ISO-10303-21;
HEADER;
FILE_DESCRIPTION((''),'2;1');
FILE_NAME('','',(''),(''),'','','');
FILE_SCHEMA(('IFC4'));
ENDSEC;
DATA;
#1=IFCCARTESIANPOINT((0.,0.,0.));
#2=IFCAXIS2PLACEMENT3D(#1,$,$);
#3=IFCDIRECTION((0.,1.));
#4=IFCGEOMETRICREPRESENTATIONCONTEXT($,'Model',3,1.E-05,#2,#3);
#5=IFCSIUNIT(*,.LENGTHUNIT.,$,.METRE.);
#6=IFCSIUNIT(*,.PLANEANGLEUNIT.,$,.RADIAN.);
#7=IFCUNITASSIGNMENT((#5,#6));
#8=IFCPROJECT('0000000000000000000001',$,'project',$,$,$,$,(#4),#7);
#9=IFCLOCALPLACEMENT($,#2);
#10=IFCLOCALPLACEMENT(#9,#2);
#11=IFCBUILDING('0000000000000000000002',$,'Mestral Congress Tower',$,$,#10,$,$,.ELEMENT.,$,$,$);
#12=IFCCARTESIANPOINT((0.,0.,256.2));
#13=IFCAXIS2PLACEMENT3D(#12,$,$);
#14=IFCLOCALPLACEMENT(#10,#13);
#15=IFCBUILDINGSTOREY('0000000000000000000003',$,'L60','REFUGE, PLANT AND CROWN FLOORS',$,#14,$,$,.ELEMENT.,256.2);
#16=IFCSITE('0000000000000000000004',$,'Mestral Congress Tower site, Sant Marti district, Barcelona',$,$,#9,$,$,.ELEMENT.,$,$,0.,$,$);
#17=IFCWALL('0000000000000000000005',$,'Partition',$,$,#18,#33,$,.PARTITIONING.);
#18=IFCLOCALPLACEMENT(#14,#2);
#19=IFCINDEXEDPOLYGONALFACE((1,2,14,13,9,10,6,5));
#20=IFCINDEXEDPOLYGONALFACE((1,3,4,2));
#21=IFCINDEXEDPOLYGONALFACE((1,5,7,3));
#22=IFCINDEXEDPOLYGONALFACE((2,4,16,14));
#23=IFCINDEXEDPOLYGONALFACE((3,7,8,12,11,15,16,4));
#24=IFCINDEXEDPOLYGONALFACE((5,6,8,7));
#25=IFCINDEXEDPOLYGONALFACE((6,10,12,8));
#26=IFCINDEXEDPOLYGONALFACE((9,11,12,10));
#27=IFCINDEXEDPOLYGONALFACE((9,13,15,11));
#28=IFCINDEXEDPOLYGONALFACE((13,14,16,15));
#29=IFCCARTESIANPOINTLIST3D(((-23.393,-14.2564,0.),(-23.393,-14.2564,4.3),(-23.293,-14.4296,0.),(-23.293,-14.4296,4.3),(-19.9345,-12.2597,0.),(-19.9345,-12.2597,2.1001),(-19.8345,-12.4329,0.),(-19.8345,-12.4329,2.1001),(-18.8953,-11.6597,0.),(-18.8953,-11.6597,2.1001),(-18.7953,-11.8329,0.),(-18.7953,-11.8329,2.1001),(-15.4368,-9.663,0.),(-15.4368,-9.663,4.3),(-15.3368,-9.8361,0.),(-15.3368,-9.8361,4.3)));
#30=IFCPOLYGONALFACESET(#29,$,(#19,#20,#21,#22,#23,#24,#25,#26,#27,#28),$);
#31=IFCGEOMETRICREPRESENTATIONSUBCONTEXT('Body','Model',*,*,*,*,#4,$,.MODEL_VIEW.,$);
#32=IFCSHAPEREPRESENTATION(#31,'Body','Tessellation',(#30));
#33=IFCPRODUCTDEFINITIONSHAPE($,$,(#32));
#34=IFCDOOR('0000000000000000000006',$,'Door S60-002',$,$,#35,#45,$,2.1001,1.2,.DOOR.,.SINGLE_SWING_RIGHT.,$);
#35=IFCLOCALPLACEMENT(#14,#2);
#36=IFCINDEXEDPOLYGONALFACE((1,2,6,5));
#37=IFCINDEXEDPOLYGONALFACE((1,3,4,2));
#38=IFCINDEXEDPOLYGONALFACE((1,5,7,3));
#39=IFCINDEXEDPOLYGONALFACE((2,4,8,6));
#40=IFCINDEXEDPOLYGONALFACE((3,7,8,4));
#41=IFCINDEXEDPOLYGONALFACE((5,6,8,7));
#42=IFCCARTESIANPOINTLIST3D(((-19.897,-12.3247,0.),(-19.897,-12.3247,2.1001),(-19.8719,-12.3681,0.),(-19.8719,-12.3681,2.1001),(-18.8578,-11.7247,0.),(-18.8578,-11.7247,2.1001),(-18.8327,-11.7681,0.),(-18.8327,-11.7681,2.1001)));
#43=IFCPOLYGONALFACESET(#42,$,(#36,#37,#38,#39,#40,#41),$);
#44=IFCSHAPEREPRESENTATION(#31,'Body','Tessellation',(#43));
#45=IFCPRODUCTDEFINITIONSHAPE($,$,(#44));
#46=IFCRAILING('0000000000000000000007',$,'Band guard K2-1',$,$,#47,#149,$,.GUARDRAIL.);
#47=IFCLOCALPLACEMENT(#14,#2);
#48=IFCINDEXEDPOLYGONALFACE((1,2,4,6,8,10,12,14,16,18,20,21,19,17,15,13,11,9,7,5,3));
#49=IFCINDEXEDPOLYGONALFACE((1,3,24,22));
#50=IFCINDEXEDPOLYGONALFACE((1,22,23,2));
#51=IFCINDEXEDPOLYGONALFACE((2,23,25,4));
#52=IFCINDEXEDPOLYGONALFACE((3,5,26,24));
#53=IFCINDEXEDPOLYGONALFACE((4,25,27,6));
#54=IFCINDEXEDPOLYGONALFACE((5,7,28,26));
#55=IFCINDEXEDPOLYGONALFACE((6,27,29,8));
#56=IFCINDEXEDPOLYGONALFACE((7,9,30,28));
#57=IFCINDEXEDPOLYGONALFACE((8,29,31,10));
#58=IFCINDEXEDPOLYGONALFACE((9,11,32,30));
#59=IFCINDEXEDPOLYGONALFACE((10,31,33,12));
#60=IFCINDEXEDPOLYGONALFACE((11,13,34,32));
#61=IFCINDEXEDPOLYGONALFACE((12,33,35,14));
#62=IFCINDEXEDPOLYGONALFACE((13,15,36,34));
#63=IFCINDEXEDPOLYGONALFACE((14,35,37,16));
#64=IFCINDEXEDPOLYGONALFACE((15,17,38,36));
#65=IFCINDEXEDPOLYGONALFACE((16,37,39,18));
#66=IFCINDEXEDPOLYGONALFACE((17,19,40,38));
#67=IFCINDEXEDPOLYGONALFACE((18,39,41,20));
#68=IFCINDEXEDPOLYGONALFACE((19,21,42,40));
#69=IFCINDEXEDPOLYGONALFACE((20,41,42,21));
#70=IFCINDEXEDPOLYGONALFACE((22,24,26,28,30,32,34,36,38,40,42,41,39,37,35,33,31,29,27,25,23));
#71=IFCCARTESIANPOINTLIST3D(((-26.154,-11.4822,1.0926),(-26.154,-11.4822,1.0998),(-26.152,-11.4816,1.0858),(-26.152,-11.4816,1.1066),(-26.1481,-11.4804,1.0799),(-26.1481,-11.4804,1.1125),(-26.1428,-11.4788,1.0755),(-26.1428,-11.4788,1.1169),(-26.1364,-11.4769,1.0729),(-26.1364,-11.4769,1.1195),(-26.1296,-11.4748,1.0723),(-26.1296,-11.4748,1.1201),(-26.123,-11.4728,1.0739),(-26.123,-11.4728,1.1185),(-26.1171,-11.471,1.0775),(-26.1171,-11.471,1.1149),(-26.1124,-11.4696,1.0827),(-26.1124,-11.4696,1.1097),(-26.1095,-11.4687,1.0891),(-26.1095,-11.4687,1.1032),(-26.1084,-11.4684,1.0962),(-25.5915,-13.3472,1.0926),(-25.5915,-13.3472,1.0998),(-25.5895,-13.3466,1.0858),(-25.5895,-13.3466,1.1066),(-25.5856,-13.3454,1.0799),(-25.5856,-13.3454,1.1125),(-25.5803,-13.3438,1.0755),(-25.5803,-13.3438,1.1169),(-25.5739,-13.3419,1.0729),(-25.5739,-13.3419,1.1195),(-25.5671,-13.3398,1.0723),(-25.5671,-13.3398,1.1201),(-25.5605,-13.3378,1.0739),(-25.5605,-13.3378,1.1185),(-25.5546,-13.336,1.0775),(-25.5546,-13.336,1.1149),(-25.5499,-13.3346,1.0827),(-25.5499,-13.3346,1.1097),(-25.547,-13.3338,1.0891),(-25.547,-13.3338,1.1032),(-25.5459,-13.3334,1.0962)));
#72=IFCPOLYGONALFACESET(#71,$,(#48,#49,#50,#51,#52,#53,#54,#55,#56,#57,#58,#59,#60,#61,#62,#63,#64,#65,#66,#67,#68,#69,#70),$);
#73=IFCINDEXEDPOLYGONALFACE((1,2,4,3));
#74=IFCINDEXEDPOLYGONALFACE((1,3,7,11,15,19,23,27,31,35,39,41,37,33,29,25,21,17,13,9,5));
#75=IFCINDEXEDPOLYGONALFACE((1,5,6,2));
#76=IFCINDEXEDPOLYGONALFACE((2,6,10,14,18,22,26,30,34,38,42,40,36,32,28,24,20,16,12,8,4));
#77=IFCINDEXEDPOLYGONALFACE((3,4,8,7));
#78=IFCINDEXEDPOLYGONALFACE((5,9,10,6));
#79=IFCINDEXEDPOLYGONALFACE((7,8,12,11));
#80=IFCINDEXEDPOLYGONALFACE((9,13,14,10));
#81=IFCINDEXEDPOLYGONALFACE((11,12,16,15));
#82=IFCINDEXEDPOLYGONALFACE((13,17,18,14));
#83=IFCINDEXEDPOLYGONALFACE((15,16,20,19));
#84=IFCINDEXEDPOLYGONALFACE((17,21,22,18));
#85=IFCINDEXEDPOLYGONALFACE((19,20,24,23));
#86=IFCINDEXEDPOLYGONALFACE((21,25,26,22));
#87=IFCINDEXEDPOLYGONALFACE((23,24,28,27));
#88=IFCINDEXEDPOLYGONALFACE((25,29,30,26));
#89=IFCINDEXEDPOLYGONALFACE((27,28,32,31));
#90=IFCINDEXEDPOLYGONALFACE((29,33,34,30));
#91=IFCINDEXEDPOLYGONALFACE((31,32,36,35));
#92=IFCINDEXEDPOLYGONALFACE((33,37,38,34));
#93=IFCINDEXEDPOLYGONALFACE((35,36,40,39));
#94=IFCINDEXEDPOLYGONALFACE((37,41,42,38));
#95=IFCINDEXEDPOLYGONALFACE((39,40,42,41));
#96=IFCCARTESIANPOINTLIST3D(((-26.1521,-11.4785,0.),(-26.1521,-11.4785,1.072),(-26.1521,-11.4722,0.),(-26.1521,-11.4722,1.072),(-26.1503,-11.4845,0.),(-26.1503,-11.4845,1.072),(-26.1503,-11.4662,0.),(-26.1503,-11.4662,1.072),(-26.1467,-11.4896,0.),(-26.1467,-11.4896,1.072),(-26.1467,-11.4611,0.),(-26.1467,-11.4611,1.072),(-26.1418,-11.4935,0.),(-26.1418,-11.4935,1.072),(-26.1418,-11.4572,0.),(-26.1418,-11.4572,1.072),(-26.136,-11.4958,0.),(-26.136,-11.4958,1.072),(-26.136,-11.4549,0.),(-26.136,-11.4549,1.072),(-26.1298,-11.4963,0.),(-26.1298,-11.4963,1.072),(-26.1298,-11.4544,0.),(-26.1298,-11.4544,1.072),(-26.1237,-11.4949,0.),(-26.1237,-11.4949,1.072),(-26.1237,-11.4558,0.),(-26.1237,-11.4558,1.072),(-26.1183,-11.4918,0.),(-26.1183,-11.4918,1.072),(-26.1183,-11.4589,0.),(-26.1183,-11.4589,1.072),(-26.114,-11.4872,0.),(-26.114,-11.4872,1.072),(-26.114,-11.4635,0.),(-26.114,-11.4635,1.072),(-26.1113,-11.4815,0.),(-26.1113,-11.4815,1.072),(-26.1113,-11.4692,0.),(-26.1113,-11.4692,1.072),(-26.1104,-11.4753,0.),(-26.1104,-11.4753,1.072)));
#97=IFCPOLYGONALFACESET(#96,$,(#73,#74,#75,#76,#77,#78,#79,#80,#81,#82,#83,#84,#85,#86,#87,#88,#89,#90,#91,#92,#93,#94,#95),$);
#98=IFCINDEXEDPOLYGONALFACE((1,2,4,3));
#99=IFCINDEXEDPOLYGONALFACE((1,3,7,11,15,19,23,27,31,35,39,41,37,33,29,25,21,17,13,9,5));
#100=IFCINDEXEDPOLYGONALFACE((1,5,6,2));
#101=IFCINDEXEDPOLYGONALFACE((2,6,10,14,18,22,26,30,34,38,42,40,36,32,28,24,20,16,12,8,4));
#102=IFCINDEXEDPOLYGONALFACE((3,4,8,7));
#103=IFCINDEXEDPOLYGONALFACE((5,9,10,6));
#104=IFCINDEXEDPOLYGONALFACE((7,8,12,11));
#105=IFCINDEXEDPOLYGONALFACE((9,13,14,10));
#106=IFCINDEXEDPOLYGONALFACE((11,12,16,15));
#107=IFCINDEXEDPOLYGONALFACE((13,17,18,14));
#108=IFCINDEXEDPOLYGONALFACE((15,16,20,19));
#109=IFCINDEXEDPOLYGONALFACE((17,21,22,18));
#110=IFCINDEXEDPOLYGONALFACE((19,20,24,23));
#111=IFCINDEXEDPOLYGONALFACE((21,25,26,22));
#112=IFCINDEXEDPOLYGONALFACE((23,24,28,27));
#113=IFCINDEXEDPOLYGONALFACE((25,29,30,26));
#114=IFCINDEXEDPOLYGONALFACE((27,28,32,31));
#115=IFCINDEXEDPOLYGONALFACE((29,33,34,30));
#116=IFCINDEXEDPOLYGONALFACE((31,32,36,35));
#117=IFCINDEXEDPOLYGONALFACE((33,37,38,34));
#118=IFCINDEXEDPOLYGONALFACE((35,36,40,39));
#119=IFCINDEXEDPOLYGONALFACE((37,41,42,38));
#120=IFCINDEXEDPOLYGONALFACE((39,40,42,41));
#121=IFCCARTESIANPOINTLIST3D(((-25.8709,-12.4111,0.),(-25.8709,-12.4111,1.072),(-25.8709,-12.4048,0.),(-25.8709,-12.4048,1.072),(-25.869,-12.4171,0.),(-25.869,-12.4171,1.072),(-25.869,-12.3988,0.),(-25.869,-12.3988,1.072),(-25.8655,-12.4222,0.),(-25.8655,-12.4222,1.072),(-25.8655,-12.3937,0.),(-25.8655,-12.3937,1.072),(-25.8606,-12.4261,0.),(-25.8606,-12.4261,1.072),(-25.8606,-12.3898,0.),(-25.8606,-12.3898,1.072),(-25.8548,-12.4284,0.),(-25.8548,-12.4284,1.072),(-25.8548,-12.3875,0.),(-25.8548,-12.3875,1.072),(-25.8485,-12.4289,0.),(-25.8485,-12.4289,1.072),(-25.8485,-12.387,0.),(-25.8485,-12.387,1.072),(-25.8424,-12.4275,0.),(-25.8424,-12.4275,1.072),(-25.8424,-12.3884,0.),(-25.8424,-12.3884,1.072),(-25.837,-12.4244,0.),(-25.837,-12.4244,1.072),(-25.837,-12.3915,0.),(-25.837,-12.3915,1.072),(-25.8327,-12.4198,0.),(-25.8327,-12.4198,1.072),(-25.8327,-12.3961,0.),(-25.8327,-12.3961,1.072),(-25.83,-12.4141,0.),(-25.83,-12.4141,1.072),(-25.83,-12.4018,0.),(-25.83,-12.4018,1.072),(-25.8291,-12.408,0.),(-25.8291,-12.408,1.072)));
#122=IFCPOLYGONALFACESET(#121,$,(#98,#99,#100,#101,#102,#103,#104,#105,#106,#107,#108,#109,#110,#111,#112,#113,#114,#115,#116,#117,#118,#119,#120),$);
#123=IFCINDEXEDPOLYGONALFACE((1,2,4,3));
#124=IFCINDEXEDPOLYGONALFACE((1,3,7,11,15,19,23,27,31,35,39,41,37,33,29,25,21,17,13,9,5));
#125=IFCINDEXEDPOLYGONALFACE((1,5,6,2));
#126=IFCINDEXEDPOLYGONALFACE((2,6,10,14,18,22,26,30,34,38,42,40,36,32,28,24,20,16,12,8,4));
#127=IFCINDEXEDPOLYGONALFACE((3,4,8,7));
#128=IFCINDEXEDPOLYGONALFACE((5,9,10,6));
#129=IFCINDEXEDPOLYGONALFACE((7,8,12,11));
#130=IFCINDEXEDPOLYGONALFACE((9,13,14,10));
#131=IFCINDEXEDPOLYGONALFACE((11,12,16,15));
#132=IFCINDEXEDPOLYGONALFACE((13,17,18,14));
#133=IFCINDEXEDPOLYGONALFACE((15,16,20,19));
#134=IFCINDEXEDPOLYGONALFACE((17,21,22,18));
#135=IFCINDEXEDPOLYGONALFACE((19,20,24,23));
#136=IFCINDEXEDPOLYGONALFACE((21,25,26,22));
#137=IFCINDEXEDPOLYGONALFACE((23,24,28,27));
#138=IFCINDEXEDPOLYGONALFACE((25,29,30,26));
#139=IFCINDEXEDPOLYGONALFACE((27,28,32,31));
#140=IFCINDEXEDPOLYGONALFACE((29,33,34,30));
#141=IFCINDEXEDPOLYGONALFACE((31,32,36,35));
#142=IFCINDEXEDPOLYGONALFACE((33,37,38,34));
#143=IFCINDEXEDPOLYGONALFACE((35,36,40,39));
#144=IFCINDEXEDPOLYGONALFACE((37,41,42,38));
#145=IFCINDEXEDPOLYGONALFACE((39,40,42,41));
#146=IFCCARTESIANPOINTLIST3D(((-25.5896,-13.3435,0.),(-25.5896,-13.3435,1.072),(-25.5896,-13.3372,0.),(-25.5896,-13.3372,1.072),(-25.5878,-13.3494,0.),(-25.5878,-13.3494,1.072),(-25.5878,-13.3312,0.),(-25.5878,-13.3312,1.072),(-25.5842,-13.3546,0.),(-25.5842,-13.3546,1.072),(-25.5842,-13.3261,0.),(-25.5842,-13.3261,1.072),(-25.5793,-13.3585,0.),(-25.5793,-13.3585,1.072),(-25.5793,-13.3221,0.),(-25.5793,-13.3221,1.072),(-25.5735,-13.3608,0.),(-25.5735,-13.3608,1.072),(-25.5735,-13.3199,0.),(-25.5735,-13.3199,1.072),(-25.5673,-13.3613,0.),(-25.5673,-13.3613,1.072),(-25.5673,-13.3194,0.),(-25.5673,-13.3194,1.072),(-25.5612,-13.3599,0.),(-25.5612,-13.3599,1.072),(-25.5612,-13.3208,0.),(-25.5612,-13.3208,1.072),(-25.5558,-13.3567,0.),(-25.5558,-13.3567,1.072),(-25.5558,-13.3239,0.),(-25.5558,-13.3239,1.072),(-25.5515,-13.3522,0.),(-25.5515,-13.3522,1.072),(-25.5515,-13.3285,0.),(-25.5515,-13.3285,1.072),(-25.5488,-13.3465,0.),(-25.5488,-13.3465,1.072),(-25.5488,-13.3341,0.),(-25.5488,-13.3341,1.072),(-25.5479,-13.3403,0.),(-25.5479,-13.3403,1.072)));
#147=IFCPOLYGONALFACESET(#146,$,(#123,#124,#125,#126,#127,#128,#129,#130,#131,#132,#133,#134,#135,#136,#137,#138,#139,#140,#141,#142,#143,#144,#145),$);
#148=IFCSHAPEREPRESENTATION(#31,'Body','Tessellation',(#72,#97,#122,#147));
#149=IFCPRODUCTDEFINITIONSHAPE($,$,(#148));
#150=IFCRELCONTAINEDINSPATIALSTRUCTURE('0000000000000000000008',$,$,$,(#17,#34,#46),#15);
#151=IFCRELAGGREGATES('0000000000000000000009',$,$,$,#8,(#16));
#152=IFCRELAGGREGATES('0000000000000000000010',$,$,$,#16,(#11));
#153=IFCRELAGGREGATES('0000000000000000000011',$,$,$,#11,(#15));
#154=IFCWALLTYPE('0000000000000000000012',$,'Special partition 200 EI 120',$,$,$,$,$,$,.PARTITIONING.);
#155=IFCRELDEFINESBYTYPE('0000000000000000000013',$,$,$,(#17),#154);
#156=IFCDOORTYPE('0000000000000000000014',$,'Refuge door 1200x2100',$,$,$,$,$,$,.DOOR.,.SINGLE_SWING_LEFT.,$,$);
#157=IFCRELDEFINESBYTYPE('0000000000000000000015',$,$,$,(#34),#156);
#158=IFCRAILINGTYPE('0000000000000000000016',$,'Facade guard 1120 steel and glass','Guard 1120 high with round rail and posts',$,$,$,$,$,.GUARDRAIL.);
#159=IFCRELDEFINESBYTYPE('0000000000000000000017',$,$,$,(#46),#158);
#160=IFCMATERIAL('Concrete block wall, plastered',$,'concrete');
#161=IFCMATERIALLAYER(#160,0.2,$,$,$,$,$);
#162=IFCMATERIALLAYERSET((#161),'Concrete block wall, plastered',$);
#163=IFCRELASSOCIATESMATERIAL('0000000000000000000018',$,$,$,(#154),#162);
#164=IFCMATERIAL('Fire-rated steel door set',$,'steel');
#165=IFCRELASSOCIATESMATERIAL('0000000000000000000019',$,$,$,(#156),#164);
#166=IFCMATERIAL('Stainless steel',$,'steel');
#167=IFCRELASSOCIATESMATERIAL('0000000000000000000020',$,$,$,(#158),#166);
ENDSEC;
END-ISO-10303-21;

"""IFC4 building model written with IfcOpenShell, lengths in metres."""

from ifc_helpers import new_model, si_unit, direction, frame, frame_2d, origin, origin_2d, place, context, subcontext, project, spatial, rectangle, circle, extrude, material, layer, layer_set, type_object, element, fill, save


model = new_model("IFC4")

# Units and contexts
model_context = context("Model", 3, precision=1e-05, world=origin(), true_north=direction((0.0, 1.0)))
body_context = subcontext(model_context, "Body", "Model", "MODEL_VIEW")
ifc_project = project(units=[si_unit("LENGTHUNIT", "METRE"), si_unit("PLANEANGLEUNIT", "RADIAN")], contexts=[model_context])

# Site, building, storey
site_placement = place(None, origin())
site = spatial("IfcSite", under=ifc_project, at=site_placement, Name="Mestral Congress Tower site, Sant Marti district, Barcelona", CompositionType="ELEMENT", RefElevation=0.0)
building_placement = place(site_placement, origin())
building = spatial("IfcBuilding", under=site, at=building_placement, Name="Mestral Congress Tower", CompositionType="ELEMENT")
storey_placement = place(building_placement, frame((0.0, 0.0, 256.2)))
storey = spatial("IfcBuildingStorey", under=building, at=storey_placement, Name="L60", Description="REFUGE, PLANT AND CROWN FLOORS", CompositionType="ELEMENT", Elevation=256.2)

# Wall, opening, door
ifc_material_1 = material(Name="Concrete block wall, plastered", Category="concrete")
ifc_layer_1 = layer(ifc_material_1, 0.2)
ifc_layer_set_1 = layer_set([ifc_layer_1], Name="Concrete block wall, plastered")
wall_type = type_object("IfcWallType", Name="Special partition 200 EI 120", PredefinedType="PARTITIONING", material=ifc_layer_set_1)
wall_placement = place(storey_placement, frame((-23.343, -14.343, 0.0), z_axis=(0.0, 0.0, 1.0), x_axis=(0.866028, 0.499995, 0.0)))
wall = element("IfcWall", 1, at=wall_placement, inside=storey, type_object=wall_type, Name="Partition", PredefinedType="PARTITIONING", context=body_context, shape_type="SweptSolid", body=[
    extrude(rectangle(XDim=9.187, YDim=0.2, at=frame_2d((4.5935, 0.0))), origin(), (0.0, 0.0, 1.0), 4.3),
])
opening_placement = place(wall_placement, frame((3.9934, 0.0, 0.0)))
opening = element("IfcOpeningElement", 2, at=opening_placement, cuts=wall, PredefinedType="OPENING", context=body_context, shape_type="SweptSolid", body=[
    extrude(rectangle(XDim=1.2, YDim=2.1001, at=frame_2d((0.6001, 1.05))), frame((0.0, 0.1099, 0.0), z_axis=(0.0, -1.0, 0.0), x_axis=(1.0, 0.0, 0.0)), (0.0, 0.0, 1.0), 0.22),
])
ifc_material_2 = material(Name="Fire-rated steel door set", Category="steel")
door_type = type_object("IfcDoorType", Name="Refuge door 1200x2100", OperationType="SINGLE_SWING_LEFT", PredefinedType="DOOR", material=ifc_material_2)
door_placement = place(opening_placement, origin())
door = element("IfcDoor", 3, at=door_placement, inside=storey, type_object=door_type, Name="Door S60-002", OperationType="SINGLE_SWING_RIGHT", OverallHeight=2.1001, OverallWidth=1.2, PredefinedType="DOOR", context=body_context, shape_type="SweptSolid", body=[
    extrude(rectangle(XDim=1.2, YDim=2.1001, at=frame_2d((0.6001, 1.05))), frame((0.0, 0.0249, 0.0), z_axis=(0.0, -1.0, 0.0), x_axis=(1.0, 0.0, 0.0)), (0.0, 0.0, 1.0), 0.05),
])
fill(opening, door)

# Railing
ifc_material_3 = material(Name="Stainless steel", Category="steel")
railing_type = type_object("IfcRailingType", Name="Facade guard 1120 steel and glass", Description="Guard 1120 high with round rail and posts", PredefinedType="GUARDRAIL", material=ifc_material_3)
railing_1_placement = place(storey_placement, frame((-26.1313, -11.4753, 0.0)))
element("IfcRailing", 4, at=railing_1_placement, inside=storey, type_object=railing_type, Name="Band guard K2-1", PredefinedType="GUARDRAIL", context=body_context, shape_type="SweptSolid", body=[
    extrude(circle(Radius=0.0239, at=origin_2d()), frame((0.0, 0.0, 1.0962), z_axis=(0.288762, -0.957401, 0.0), x_axis=(0.957401, 0.288762, 0.0)), (0.0, 0.0, 1.0), 1.948),
    extrude(circle(Radius=0.021, at=origin_2d()), origin(), (0.0, 0.0, 1.0), 1.072),
    extrude(circle(Radius=0.021, at=origin_2d()), frame((0.2812, -0.9326, 0.0)), (0.0, 0.0, 1.0), 1.072),
    extrude(circle(Radius=0.021, at=origin_2d()), frame((0.5625, -1.865, 0.0)), (0.0, 0.0, 1.0), 1.072),
])

save(model, "model.ifc")
